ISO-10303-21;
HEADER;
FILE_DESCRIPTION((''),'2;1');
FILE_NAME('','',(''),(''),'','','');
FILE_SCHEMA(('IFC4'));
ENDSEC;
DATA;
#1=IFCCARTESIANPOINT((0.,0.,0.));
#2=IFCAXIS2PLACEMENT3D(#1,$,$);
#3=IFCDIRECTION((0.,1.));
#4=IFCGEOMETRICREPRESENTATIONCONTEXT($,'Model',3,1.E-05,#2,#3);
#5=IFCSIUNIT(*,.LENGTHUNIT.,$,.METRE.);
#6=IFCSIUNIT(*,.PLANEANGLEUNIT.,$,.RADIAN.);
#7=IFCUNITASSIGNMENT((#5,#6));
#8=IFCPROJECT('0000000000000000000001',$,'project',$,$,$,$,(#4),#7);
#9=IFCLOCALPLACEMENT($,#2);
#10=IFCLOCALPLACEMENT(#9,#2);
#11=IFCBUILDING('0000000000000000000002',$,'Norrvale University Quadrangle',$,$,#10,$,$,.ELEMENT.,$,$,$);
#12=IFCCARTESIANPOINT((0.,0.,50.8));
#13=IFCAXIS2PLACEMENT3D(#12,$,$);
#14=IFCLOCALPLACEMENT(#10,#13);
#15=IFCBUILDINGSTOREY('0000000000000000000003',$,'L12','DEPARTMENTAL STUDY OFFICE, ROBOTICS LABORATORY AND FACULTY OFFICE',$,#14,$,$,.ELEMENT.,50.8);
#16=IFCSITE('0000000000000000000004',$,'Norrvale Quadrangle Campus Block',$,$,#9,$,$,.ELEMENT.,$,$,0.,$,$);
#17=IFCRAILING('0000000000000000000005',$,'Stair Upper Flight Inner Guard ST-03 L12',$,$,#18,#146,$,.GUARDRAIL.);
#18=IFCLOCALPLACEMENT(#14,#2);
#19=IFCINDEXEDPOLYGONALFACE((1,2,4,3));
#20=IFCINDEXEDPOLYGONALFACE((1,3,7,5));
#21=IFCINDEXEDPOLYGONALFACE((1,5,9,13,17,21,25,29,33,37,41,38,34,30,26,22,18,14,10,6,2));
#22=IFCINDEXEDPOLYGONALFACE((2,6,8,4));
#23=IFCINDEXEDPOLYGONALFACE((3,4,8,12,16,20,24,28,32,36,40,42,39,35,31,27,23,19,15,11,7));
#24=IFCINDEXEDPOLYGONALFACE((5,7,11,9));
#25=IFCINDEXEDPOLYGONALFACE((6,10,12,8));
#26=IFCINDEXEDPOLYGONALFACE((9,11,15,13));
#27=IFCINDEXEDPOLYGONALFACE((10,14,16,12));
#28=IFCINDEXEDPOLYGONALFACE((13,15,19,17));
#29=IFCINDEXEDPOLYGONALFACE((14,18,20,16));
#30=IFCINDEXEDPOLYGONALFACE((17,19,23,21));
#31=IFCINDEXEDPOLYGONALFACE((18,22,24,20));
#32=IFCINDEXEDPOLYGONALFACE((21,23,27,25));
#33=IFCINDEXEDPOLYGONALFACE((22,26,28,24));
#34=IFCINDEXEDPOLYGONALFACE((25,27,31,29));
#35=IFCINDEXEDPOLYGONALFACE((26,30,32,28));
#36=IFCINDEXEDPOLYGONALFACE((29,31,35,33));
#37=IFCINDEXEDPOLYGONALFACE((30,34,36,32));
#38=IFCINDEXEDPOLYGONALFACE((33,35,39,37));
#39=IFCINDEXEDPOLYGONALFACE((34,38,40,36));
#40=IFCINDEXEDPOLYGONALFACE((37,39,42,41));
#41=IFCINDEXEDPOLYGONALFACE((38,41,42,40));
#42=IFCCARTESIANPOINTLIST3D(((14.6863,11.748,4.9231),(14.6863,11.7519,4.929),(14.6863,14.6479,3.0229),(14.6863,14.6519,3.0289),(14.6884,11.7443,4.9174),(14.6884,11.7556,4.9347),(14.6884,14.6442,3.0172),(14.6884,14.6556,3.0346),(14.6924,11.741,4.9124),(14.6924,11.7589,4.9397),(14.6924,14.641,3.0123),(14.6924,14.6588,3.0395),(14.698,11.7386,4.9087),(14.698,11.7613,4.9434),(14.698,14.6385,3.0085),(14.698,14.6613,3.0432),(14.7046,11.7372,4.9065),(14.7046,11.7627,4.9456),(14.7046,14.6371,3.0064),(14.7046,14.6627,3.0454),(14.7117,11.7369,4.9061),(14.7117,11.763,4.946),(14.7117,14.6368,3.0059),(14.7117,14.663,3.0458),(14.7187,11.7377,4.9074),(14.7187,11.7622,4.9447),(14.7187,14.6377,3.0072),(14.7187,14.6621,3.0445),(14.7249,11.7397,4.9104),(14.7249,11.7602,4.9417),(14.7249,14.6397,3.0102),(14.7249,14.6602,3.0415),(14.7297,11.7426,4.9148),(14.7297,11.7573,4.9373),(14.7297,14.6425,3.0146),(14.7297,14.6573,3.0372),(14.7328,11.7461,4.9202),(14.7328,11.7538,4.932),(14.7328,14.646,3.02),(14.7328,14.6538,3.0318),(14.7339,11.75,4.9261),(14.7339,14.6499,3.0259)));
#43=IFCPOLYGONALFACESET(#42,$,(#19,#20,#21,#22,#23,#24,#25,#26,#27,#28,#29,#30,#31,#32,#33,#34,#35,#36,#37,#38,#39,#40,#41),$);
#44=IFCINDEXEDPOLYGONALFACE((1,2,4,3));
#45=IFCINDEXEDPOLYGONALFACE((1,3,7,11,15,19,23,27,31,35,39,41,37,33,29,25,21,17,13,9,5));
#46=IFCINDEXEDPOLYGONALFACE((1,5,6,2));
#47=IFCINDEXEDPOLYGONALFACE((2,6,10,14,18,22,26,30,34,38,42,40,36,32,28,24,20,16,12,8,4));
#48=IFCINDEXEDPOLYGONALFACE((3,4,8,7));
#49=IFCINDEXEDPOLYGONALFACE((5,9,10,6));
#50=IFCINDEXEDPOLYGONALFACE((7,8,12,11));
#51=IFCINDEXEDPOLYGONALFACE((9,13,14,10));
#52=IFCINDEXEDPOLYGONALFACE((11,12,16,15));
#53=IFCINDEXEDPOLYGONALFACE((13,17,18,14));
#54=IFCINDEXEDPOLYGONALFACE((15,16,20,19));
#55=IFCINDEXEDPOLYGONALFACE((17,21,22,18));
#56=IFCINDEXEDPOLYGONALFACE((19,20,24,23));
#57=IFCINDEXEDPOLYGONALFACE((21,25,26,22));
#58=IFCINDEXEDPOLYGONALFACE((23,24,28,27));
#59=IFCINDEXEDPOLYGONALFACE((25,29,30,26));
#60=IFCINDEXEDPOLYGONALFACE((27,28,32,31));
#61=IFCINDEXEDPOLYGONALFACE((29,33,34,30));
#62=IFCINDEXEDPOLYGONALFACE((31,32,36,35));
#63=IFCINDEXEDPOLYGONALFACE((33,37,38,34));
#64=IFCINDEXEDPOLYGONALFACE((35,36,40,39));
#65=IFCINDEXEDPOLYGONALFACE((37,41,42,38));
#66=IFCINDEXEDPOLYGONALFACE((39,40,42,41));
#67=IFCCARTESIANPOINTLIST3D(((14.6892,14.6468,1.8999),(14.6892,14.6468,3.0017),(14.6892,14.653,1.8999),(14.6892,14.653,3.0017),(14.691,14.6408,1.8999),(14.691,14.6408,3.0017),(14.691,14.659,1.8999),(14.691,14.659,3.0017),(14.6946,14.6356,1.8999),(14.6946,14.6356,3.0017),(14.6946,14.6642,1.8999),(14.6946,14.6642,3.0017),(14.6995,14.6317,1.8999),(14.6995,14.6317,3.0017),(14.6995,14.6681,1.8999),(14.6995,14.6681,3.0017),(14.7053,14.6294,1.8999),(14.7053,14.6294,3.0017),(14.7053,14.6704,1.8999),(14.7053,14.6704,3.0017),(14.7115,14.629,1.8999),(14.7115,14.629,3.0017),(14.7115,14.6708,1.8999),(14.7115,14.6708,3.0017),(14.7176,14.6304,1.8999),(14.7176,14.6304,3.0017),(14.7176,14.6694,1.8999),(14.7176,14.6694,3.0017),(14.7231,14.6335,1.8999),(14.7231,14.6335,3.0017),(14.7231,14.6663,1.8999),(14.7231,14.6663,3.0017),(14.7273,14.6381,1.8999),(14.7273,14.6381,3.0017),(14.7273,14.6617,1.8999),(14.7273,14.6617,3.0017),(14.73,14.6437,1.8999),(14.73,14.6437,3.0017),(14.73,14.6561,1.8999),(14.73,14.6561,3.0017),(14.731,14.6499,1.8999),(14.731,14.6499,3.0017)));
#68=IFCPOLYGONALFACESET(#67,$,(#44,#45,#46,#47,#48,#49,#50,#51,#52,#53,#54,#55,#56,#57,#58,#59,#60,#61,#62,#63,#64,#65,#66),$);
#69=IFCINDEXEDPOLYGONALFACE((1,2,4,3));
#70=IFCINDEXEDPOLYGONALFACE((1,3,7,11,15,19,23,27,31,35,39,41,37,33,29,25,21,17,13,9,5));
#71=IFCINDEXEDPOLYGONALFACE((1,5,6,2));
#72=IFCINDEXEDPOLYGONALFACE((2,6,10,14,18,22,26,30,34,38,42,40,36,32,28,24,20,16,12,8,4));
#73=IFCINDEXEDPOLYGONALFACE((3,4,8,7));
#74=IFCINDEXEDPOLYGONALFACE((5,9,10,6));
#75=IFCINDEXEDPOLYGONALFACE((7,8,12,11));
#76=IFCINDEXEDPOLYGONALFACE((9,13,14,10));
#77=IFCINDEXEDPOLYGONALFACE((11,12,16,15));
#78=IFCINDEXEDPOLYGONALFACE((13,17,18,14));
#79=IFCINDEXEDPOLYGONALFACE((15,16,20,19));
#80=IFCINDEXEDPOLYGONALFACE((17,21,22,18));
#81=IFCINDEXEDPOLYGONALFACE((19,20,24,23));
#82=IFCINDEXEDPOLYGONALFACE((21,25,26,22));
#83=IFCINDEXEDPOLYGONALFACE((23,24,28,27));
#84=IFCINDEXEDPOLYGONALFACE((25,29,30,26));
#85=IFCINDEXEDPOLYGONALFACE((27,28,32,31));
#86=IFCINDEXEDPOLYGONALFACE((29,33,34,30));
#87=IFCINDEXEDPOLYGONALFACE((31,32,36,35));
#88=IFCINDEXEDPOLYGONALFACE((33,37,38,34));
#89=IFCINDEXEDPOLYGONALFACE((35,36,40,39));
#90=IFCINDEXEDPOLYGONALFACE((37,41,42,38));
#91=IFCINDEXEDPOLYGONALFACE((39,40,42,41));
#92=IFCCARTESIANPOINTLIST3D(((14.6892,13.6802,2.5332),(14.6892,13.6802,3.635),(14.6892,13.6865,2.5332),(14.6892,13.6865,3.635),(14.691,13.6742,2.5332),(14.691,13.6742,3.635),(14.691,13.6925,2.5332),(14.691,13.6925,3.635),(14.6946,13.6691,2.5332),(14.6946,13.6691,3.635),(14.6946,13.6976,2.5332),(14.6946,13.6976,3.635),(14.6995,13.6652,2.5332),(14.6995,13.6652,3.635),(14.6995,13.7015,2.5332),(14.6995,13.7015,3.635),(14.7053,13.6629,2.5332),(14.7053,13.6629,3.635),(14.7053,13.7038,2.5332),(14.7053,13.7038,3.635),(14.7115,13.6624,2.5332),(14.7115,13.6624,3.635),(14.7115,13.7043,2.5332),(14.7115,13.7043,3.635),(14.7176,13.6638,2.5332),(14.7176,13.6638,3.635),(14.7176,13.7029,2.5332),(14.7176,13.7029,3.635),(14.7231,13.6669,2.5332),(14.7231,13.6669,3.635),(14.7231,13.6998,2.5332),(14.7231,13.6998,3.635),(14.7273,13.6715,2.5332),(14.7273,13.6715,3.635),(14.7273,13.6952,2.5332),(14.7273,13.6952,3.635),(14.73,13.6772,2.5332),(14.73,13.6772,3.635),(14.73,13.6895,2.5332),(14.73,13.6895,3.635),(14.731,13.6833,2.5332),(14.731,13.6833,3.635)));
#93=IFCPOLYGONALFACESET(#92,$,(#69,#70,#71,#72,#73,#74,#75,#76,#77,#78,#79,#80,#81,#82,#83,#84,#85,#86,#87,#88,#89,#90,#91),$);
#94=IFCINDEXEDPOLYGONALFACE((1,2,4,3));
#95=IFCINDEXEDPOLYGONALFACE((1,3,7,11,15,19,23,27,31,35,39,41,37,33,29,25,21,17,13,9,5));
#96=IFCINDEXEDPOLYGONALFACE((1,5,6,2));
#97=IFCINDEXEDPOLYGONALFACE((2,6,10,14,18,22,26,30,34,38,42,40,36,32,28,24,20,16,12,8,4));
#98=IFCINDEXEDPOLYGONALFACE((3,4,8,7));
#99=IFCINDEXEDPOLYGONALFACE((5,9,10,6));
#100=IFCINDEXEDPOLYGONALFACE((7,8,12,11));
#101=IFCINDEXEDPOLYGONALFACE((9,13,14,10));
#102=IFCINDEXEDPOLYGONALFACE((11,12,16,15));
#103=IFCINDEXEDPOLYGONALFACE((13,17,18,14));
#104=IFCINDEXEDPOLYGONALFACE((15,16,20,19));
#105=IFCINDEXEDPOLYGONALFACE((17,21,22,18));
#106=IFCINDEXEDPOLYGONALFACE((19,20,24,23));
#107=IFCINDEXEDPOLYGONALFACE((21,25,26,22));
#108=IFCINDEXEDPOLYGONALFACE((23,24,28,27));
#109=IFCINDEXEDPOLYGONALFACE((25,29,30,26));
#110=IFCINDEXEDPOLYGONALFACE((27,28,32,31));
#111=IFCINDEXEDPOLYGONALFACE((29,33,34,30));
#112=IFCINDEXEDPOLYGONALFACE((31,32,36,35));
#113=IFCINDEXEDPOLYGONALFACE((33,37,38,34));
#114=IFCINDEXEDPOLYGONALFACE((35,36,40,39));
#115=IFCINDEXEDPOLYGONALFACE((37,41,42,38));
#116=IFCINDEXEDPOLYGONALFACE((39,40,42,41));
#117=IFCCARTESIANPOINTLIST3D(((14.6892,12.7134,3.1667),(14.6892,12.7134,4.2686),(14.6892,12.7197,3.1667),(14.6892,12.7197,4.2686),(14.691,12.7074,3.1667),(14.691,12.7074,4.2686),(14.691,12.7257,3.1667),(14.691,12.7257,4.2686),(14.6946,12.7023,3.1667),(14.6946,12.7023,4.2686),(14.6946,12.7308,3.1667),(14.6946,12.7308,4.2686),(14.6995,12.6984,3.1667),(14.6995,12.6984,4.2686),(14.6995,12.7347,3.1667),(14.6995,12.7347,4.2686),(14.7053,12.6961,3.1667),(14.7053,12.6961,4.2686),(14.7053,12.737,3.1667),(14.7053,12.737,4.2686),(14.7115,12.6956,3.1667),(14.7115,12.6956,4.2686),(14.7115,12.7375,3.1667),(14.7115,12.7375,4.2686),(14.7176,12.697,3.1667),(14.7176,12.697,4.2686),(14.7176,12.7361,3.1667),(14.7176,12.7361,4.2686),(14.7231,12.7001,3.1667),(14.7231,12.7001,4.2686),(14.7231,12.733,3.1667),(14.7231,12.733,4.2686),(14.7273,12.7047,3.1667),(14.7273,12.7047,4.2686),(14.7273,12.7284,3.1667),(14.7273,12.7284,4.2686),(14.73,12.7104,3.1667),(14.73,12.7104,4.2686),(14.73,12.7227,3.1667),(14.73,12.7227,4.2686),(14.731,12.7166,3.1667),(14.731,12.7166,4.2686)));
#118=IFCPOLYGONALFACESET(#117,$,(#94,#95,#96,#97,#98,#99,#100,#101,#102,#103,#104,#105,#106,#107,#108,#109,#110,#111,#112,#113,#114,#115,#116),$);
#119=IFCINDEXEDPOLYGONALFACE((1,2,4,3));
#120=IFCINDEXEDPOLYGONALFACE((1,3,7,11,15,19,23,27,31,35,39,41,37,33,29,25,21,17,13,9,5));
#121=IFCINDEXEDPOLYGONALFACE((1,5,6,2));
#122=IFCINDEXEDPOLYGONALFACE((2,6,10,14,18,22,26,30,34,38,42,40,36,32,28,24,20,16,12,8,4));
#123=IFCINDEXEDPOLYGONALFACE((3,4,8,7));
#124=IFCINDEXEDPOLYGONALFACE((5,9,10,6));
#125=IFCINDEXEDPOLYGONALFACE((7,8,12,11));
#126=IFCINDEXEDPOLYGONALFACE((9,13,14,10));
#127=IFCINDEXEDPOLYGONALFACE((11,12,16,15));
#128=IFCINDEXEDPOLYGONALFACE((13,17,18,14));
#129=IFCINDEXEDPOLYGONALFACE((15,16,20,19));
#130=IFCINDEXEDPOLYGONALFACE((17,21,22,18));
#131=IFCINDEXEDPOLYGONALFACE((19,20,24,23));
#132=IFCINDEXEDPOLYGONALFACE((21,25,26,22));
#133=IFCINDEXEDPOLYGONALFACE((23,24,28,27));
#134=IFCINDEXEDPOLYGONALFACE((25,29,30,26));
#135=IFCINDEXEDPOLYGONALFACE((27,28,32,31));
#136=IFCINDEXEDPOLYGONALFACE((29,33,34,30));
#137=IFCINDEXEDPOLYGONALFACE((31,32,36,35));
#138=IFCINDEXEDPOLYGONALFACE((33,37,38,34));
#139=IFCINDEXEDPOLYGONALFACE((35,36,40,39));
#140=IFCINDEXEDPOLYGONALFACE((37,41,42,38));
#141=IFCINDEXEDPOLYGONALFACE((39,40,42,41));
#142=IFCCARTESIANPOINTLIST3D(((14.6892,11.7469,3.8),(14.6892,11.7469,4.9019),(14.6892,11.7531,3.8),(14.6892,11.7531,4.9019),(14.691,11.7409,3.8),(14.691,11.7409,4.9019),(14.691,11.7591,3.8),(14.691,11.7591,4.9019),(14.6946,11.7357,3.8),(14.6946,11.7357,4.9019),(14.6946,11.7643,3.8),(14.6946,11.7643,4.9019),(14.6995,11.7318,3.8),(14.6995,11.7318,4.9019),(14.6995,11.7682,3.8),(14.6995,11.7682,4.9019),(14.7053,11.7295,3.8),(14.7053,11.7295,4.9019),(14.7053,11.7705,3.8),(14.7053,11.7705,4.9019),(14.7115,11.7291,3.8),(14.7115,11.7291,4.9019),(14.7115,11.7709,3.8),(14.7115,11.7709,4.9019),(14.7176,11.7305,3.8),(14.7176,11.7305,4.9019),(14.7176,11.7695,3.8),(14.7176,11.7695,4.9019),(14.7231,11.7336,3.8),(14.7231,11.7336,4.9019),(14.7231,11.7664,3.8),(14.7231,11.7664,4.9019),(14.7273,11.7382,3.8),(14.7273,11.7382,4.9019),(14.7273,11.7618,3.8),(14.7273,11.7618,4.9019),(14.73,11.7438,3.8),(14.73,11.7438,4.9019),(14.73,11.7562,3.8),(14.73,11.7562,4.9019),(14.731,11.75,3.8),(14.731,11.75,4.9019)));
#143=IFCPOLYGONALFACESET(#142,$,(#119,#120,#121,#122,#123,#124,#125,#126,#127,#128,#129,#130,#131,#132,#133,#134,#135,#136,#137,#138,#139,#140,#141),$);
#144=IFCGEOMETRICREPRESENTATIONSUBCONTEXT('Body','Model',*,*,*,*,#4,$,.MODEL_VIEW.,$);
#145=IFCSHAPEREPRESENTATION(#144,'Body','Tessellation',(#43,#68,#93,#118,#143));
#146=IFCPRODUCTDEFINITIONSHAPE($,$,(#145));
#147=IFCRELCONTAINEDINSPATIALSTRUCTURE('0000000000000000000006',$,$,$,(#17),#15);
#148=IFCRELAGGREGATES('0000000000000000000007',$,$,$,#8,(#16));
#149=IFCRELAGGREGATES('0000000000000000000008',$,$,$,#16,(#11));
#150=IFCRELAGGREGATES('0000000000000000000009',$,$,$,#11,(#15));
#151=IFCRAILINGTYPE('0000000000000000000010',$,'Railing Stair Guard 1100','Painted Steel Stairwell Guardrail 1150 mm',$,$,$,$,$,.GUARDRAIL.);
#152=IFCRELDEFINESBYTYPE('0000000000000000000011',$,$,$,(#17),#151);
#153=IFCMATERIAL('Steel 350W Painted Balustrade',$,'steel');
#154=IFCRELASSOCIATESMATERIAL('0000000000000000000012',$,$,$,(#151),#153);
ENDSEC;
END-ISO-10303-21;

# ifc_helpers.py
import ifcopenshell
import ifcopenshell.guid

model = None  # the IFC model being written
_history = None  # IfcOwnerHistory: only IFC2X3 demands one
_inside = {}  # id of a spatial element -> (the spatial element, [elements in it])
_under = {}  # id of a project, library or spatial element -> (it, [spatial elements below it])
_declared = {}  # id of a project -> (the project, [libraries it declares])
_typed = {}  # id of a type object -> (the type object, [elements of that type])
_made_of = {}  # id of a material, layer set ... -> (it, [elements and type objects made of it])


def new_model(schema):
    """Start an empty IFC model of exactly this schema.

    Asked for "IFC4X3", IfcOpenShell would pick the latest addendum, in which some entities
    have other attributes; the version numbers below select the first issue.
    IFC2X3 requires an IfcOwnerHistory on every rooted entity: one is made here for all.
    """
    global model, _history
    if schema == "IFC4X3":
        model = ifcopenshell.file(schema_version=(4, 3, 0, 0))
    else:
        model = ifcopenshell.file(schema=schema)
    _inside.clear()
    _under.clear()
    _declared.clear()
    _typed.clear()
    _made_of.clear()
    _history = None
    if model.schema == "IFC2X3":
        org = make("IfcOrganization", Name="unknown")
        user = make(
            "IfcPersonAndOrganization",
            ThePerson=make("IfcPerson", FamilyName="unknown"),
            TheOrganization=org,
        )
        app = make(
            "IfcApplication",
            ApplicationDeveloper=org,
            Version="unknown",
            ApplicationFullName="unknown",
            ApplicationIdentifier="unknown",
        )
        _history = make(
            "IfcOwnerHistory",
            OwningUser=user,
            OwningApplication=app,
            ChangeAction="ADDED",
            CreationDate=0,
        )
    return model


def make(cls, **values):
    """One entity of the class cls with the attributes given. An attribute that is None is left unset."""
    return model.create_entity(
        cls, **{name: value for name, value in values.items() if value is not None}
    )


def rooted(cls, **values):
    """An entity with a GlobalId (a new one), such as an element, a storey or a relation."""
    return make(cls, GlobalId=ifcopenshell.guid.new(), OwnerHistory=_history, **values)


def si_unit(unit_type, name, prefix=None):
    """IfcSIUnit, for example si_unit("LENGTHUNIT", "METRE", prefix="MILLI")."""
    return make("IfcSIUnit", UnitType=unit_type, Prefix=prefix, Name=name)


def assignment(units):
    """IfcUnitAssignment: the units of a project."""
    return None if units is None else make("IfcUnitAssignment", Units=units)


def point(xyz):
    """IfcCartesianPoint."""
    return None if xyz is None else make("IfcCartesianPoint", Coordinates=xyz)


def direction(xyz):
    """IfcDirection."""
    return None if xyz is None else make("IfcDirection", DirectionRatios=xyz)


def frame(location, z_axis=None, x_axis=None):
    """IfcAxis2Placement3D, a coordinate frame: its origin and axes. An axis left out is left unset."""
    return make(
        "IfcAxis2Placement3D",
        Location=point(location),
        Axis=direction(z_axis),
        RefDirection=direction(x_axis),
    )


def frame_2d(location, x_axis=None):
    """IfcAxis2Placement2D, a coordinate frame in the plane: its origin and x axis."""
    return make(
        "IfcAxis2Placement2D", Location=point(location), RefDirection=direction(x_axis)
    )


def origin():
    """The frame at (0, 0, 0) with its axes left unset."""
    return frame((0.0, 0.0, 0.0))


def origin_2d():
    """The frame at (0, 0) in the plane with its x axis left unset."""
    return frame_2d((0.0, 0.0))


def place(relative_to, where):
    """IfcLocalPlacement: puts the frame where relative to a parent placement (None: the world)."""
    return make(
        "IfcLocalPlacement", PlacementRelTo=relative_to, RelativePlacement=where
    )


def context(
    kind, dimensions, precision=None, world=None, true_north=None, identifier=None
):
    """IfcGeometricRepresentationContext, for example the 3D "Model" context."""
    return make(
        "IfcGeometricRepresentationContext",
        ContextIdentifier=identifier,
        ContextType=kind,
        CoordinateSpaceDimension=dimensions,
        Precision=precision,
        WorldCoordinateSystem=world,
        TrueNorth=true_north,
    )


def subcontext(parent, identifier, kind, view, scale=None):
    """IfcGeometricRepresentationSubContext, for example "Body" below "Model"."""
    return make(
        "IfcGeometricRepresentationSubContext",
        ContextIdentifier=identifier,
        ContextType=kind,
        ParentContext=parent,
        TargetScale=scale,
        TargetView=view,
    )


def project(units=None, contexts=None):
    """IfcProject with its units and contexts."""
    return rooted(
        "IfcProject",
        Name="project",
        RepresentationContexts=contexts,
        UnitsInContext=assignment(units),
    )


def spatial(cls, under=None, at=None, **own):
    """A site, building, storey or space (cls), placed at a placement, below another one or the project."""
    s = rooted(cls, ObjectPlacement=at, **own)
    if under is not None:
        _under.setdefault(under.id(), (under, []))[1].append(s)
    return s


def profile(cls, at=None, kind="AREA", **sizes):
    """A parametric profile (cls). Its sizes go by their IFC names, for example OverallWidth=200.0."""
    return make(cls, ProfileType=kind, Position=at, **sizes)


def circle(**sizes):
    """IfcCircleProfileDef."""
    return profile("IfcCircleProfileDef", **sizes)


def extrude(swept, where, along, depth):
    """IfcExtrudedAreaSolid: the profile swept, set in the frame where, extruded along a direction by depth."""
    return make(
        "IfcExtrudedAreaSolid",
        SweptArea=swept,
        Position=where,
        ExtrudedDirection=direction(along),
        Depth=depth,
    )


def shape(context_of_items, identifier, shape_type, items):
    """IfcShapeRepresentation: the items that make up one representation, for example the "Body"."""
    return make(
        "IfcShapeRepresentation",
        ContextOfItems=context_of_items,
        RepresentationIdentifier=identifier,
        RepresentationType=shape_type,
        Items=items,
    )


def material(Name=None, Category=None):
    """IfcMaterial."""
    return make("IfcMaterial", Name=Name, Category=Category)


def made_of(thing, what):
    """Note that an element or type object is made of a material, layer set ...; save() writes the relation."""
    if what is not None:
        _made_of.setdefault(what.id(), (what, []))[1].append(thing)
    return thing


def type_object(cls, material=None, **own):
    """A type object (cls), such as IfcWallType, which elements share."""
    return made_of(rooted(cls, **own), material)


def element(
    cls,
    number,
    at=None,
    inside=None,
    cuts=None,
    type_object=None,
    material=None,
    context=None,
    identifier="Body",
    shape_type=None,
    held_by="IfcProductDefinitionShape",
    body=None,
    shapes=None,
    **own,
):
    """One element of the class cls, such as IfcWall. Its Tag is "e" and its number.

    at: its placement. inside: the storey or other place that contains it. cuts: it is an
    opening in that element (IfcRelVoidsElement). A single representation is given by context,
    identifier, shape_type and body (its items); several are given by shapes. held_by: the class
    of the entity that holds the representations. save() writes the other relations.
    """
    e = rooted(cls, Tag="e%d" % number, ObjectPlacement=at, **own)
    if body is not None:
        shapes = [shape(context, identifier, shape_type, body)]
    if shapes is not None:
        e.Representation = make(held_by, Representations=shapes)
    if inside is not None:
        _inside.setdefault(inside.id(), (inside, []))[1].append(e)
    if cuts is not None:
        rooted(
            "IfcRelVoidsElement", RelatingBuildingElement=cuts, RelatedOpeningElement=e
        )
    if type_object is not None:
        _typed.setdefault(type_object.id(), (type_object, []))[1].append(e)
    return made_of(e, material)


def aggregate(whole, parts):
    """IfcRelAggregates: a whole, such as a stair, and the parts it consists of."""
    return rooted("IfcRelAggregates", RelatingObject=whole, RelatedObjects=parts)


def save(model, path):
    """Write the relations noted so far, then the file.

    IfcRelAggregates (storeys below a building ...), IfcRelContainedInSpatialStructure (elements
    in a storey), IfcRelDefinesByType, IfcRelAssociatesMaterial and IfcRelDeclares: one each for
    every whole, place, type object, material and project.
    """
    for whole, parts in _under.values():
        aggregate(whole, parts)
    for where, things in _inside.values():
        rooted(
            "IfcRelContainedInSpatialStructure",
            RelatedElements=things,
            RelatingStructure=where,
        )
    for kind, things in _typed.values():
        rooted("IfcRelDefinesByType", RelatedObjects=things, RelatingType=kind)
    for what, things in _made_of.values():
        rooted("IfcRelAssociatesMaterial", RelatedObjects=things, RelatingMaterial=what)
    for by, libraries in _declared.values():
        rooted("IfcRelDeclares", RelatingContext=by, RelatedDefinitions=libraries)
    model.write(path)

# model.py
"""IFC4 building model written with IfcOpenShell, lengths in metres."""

from ifc_helpers import new_model, si_unit, direction, frame, origin, origin_2d, place, context, subcontext, project, spatial, circle, extrude, material, type_object, element, save


model = new_model("IFC4")

# Units and contexts
model_context = context("Model", 3, precision=1e-05, world=origin(), true_north=direction((0.0, 1.0)))
body_context = subcontext(model_context, "Body", "Model", "MODEL_VIEW")
ifc_project = project(units=[si_unit("LENGTHUNIT", "METRE"), si_unit("PLANEANGLEUNIT", "RADIAN")], contexts=[model_context])

# Site, building, storey
site_placement = place(None, origin())
site = spatial("IfcSite", under=ifc_project, at=site_placement, Name="Norrvale Quadrangle Campus Block", CompositionType="ELEMENT", RefElevation=0.0)
building_placement = place(site_placement, origin())
building = spatial("IfcBuilding", under=site, at=building_placement, Name="Norrvale University Quadrangle", CompositionType="ELEMENT")
storey_placement = place(building_placement, frame((0.0, 0.0, 50.8)))
storey = spatial("IfcBuildingStorey", under=building, at=storey_placement, Name="L12", Description="DEPARTMENTAL STUDY OFFICE, ROBOTICS LABORATORY AND FACULTY OFFICE", CompositionType="ELEMENT", Elevation=50.8)

# Railing
ifc_material_1 = material(Name="Steel 350W Painted Balustrade", Category="steel")
railing_type_1 = type_object("IfcRailingType", Name="Railing Stair Guard 1100", Description="Painted Steel Stairwell Guardrail 1150 mm", PredefinedType="GUARDRAIL", material=ifc_material_1)
railing_1_placement = place(storey_placement, frame((14.71, 14.6499, 1.8999)))
element("IfcRailing", 1, at=railing_1_placement, inside=storey, type_object=railing_type_1, Name="Stair Upper Flight Inner Guard ST-03 L12", PredefinedType="GUARDRAIL", context=body_context, shape_type="SweptSolid", body=[
    extrude(circle(Radius=0.0239, at=origin_2d()), frame((0.0, 0.0, 1.126), z_axis=(0.0, -0.836433, 0.548069), x_axis=(1.0, 0.0, 0.0)), (0.0, 0.0, 1.0), 3.467),
    extrude(circle(Radius=0.021, at=origin_2d()), origin(), (0.0, 0.0, 1.0), 1.1018),
    extrude(circle(Radius=0.021, at=origin_2d()), frame((0.0, -0.9666, 0.6333)), (0.0, 0.0, 1.0), 1.1018),
    extrude(circle(Radius=0.021, at=origin_2d()), frame((0.0, -1.9333, 1.2668)), (0.0, 0.0, 1.0), 1.1018),
    extrude(circle(Radius=0.021, at=origin_2d()), frame((0.0, -2.8999, 1.9001)), (0.0, 0.0, 1.0), 1.1018),
])

save(model, "model.ifc")
